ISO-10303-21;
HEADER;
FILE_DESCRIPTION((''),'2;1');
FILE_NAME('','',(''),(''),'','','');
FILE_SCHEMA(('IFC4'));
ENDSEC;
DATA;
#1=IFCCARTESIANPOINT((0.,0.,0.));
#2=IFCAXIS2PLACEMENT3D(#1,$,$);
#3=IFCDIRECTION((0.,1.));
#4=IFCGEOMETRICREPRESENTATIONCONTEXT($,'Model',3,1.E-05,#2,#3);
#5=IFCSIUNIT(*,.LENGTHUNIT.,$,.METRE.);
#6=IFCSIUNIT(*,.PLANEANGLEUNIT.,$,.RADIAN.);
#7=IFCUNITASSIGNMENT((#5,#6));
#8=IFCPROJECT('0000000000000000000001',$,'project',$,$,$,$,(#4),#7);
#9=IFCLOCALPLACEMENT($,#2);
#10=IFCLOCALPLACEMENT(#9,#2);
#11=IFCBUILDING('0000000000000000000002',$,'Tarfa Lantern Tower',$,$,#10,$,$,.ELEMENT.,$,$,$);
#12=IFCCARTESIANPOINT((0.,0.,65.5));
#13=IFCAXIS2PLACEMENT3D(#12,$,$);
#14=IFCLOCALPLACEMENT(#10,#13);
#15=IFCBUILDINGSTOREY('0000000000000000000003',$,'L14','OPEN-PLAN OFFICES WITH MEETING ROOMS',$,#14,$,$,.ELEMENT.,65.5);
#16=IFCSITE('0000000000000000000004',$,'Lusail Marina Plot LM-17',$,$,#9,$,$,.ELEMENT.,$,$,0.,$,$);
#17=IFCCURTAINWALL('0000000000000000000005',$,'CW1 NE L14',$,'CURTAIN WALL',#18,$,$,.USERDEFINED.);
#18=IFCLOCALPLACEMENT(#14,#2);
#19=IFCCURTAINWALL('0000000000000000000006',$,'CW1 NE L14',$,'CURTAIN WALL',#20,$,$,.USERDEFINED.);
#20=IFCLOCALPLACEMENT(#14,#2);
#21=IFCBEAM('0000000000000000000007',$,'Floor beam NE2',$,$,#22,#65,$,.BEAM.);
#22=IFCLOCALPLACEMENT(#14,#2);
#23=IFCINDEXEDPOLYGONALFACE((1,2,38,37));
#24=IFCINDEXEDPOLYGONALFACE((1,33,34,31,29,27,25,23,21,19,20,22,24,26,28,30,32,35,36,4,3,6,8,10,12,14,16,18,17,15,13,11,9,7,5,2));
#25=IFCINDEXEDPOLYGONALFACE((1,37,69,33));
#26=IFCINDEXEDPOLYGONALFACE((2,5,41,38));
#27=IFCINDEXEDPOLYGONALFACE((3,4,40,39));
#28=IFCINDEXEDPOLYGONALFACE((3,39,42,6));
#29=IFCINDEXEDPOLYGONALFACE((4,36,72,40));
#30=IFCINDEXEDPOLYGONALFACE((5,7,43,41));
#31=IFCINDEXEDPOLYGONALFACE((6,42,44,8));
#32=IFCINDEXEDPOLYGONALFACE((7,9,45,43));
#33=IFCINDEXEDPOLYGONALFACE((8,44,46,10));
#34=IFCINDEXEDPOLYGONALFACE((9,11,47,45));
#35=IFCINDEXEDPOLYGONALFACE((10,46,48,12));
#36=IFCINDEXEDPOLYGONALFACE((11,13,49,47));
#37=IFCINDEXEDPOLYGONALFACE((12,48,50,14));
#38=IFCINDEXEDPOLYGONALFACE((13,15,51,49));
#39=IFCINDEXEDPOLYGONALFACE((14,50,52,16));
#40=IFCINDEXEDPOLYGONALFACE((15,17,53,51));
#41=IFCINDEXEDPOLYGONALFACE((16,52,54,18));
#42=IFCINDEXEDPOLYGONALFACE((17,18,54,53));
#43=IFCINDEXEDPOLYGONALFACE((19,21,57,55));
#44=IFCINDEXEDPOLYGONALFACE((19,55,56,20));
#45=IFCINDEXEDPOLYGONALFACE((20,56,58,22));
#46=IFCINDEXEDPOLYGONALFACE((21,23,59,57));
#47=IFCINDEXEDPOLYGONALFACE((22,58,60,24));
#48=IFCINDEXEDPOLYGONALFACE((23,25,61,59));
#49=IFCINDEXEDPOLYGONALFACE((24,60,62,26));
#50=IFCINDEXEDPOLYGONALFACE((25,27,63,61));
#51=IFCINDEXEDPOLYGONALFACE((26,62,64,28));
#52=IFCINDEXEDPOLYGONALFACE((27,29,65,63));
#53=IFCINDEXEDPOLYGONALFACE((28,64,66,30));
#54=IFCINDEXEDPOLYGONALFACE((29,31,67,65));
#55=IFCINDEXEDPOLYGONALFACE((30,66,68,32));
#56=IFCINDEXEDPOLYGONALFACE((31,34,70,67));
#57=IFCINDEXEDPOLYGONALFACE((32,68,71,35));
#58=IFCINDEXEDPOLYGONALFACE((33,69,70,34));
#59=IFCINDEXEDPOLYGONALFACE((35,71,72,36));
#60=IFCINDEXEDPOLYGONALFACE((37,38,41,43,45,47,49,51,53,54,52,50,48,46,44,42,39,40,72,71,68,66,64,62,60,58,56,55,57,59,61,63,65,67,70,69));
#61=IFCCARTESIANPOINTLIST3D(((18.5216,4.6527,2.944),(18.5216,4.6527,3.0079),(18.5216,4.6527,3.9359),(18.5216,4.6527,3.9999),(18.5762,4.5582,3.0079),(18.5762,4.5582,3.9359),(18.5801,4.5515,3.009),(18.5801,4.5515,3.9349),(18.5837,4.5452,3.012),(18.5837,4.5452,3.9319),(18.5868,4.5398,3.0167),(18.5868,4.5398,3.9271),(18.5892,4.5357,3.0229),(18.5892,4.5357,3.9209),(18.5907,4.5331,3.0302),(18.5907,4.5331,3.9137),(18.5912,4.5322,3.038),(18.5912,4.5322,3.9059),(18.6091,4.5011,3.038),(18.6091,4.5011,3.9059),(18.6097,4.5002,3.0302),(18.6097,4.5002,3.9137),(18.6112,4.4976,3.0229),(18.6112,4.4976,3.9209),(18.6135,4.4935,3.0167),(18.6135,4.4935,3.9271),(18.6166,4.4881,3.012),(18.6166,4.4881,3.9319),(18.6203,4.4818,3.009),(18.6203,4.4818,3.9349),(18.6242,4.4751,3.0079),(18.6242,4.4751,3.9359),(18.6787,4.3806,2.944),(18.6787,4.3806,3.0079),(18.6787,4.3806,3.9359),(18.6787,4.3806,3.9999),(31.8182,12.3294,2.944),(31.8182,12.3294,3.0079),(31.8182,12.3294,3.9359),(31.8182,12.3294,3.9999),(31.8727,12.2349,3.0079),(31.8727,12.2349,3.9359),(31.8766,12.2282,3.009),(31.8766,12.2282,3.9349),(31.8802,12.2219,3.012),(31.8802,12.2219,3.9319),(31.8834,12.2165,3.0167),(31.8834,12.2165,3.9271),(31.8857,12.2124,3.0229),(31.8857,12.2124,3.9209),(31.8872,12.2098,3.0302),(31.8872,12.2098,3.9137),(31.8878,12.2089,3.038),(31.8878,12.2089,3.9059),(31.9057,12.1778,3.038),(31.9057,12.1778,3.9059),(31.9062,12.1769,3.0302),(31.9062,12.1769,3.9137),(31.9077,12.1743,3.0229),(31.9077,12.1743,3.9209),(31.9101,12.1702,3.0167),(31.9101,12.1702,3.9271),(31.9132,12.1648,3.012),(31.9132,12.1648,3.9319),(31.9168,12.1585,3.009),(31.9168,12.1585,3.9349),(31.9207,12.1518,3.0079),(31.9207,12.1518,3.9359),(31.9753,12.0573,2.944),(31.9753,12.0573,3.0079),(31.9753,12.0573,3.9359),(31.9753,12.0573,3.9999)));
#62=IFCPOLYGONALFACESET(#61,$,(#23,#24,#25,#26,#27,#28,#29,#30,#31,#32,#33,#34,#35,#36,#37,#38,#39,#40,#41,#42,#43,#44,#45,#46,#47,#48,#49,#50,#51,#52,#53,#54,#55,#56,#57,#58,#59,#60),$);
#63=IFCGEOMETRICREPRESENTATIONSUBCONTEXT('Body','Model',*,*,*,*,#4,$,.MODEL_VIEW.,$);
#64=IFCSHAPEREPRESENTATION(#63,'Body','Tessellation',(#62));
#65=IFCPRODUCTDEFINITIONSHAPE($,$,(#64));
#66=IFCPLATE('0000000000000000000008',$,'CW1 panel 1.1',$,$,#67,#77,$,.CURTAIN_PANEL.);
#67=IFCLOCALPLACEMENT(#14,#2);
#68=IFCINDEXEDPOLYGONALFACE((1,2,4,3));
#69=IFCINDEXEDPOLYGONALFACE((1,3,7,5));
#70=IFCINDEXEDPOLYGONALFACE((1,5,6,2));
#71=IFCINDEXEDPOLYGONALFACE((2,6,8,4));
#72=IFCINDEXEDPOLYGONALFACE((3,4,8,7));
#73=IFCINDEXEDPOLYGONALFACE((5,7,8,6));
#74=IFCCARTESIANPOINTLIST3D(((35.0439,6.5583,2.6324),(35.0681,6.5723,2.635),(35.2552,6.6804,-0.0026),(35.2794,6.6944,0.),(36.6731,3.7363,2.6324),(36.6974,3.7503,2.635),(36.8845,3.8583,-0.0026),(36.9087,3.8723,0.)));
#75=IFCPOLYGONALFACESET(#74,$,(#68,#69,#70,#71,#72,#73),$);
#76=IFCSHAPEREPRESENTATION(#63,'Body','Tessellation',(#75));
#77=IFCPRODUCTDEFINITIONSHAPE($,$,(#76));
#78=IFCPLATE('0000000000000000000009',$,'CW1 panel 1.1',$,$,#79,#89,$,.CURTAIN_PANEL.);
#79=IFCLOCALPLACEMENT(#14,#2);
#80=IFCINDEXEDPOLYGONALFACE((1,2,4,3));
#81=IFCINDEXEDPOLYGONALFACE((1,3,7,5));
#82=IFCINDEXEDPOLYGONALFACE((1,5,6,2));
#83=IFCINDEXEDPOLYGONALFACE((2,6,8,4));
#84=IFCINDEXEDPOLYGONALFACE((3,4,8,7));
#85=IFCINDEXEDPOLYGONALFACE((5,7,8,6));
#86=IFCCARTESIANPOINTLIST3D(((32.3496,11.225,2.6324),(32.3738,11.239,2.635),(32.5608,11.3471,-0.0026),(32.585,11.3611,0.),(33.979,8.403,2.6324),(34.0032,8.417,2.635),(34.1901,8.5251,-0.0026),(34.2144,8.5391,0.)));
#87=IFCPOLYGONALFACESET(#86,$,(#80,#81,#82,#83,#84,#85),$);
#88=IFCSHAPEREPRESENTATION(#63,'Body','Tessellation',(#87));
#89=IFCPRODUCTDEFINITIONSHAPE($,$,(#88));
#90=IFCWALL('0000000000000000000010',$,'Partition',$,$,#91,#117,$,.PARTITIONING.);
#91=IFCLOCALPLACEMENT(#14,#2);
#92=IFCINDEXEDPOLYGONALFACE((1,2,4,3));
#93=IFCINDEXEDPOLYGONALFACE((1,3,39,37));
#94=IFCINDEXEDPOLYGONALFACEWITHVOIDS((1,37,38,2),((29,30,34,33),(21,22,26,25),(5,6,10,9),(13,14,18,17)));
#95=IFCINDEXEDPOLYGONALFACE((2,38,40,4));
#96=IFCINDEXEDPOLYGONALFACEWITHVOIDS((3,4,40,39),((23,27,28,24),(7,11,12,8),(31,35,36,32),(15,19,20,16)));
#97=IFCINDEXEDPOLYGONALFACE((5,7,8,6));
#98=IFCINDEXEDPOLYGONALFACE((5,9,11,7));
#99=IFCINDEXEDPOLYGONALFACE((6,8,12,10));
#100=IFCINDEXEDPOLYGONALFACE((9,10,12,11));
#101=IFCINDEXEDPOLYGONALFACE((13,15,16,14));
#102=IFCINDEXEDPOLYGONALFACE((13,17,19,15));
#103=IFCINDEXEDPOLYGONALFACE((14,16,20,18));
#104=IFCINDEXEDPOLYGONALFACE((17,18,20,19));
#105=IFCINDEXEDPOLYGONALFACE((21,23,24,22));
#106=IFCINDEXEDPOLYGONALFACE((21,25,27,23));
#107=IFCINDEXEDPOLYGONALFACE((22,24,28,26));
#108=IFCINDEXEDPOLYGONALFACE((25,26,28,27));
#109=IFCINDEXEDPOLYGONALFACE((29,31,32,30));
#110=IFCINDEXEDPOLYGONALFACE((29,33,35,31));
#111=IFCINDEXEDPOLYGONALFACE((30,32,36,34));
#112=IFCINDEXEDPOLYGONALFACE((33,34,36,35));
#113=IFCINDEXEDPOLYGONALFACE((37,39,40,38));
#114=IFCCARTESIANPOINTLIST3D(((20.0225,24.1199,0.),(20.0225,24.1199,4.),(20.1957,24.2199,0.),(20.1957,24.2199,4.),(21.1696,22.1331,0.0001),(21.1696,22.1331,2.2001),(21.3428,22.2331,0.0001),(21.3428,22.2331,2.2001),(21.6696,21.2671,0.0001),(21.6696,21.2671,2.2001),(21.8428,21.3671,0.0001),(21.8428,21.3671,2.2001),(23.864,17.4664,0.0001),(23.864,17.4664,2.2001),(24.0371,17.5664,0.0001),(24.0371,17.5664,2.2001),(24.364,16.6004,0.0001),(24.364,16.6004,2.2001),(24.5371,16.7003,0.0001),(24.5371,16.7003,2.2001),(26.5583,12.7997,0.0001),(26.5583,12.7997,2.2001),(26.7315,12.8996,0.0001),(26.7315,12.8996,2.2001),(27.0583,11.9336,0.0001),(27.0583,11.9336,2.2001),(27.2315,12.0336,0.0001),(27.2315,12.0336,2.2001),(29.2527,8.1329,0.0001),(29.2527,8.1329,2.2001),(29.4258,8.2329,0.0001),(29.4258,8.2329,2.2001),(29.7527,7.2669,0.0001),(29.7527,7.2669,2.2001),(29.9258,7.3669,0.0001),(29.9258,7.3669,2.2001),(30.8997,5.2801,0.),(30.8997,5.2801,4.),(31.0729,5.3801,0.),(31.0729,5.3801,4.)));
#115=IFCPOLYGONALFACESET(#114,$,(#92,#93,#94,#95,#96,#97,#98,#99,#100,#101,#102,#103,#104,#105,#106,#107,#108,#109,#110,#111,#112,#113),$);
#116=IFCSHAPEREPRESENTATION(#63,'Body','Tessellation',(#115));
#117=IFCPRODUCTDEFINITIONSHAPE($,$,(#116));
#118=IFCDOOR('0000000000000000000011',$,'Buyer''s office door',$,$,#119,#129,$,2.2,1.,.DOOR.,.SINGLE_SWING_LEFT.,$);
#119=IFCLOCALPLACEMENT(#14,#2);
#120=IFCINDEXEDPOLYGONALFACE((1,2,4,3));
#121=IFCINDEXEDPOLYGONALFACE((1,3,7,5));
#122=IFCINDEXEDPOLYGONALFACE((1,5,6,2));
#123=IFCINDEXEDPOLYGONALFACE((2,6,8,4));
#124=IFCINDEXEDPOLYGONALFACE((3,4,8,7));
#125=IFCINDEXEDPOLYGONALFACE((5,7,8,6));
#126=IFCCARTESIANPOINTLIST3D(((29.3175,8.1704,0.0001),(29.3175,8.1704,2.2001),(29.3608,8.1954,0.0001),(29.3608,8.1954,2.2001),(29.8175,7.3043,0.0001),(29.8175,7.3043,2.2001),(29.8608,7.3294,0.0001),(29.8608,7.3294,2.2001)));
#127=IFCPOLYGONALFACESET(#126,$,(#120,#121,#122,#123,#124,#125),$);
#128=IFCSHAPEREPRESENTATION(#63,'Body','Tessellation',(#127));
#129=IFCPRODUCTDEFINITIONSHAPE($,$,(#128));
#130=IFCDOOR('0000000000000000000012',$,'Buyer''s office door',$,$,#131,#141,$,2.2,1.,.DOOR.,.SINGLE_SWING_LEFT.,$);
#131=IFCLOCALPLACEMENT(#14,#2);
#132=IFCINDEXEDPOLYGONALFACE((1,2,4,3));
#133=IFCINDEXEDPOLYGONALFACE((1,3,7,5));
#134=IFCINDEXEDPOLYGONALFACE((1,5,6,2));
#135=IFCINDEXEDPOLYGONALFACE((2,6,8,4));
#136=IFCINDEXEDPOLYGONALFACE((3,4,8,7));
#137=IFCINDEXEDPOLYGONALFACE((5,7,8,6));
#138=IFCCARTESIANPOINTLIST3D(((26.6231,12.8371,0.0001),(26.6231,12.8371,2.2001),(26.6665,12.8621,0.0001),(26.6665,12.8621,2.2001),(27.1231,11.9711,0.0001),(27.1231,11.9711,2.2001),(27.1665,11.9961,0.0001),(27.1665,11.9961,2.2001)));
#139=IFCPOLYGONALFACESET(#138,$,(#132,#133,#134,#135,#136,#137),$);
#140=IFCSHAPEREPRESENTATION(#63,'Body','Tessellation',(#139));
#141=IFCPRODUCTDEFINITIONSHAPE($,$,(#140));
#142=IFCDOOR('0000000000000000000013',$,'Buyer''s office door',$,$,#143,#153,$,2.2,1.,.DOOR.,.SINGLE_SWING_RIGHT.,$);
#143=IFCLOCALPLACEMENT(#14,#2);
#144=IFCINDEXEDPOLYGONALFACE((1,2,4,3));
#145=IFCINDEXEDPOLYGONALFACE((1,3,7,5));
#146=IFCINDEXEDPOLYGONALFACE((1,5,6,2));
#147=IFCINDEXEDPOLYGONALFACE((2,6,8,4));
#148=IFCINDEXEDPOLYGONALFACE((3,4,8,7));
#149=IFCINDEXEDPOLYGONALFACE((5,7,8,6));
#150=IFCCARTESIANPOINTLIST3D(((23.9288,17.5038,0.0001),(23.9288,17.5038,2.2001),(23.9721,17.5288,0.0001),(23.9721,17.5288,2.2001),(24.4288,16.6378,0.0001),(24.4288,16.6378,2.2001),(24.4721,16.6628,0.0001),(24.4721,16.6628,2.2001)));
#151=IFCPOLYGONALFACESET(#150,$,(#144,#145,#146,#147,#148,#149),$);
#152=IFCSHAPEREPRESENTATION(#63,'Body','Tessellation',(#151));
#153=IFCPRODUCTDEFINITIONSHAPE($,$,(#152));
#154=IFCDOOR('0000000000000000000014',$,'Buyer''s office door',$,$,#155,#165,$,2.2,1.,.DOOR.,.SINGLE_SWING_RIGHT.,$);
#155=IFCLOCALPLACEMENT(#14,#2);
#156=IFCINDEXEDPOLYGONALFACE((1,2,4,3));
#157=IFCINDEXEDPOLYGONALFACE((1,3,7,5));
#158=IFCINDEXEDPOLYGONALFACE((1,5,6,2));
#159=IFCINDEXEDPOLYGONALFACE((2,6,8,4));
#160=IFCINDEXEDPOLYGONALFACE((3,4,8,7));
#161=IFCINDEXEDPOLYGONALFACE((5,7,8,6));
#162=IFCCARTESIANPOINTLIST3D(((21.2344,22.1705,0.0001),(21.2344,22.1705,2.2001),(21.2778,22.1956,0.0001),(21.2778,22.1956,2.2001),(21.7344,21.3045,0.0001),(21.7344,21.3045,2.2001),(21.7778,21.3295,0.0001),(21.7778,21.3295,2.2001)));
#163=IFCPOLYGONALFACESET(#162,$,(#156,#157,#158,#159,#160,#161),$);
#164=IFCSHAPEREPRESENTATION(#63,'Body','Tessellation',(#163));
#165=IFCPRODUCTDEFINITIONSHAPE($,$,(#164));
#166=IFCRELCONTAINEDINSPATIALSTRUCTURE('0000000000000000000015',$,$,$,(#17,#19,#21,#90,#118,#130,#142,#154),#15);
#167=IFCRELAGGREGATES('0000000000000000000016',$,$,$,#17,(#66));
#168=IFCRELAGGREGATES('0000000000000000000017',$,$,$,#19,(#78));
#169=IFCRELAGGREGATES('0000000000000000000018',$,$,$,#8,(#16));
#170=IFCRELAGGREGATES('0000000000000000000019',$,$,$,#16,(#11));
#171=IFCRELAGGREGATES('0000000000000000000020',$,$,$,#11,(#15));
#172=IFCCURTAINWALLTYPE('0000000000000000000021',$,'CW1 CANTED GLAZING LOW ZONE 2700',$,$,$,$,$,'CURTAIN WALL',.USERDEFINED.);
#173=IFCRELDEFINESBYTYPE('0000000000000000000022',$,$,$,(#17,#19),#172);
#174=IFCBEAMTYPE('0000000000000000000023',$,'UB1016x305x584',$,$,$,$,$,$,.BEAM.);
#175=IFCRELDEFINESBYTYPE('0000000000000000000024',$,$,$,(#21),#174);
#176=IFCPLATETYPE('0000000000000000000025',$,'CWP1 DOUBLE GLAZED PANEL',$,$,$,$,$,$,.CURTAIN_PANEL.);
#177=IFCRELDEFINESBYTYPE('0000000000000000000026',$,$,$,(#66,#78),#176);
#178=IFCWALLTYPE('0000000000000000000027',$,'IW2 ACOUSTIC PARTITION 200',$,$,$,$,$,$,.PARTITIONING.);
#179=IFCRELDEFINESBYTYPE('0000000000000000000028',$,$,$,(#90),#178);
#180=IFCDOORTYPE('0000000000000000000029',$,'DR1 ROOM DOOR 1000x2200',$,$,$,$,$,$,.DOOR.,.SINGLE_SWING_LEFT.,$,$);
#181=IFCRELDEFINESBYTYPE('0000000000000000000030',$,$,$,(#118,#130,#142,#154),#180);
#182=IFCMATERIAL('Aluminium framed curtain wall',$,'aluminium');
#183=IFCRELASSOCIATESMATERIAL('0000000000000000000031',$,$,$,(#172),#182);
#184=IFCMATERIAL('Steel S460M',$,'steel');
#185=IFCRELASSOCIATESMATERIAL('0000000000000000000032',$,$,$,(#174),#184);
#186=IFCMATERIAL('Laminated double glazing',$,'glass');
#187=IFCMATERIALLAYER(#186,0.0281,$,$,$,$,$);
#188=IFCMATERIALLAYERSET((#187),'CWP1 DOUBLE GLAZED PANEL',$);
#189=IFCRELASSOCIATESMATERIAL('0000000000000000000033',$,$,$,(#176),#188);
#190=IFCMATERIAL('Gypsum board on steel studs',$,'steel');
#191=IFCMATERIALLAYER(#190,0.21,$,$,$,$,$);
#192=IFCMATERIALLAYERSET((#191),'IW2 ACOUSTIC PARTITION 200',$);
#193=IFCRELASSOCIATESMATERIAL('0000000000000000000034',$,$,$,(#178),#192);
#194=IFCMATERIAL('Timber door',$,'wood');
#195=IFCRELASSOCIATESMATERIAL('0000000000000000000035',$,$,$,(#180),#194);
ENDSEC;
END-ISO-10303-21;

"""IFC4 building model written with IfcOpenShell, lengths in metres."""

from ifc_helpers import new_model, si_unit, direction, frame, frame_2d, origin, origin_2d, place, context, subcontext, project, spatial, polyline, rectangle, i_section, outline, extrude, material, layer, layer_set, material_profile, profile_set, type_object, element, fill, aggregate, save


model = new_model("IFC4")

# Units and contexts
model_context = context("Model", 3, precision=1e-05, world=origin(), true_north=direction((0.0, 1.0)))
body_context = subcontext(model_context, "Body", "Model", "MODEL_VIEW")
ifc_project = project(units=[si_unit("LENGTHUNIT", "METRE"), si_unit("PLANEANGLEUNIT", "RADIAN")], contexts=[model_context])

# Site, building, storey
site_placement = place(None, origin())
site = spatial("IfcSite", under=ifc_project, at=site_placement, Name="Lusail Marina Plot LM-17", CompositionType="ELEMENT", RefElevation=0.0)
building_placement = place(site_placement, origin())
building = spatial("IfcBuilding", under=site, at=building_placement, Name="Tarfa Lantern Tower", CompositionType="ELEMENT")
storey_placement = place(building_placement, frame((0.0, 0.0, 65.5)))
storey = spatial("IfcBuildingStorey", under=building, at=storey_placement, Name="L14", Description="OPEN-PLAN OFFICES WITH MEETING ROOMS", CompositionType="ELEMENT", Elevation=65.5)

# Curtain walls
ifc_material_1 = material(Name="Aluminium framed curtain wall", Category="aluminium")
curtain_wall_type = type_object("IfcCurtainWallType", Name="CW1 CANTED GLAZING LOW ZONE 2700", ElementType="CURTAIN WALL", PredefinedType="USERDEFINED", material=ifc_material_1)
curtain_wall_1_placement = place(storey_placement, origin())
curtain_wall_1 = element("IfcCurtainWall", 1, at=curtain_wall_1_placement, inside=storey, type_object=curtain_wall_type, Name="CW1 NE L14", ObjectType="CURTAIN WALL", PredefinedType="USERDEFINED")
curtain_wall_2_placement = place(storey_placement, origin())
curtain_wall_2 = element("IfcCurtainWall", 2, at=curtain_wall_2_placement, inside=storey, type_object=curtain_wall_type, Name="CW1 NE L14", ObjectType="CURTAIN WALL", PredefinedType="USERDEFINED")

# Beam
ifc_material_2 = material(Name="Steel S460M", Category="steel")
ifc_material_profile_1 = material_profile(ifc_material_2, i_section(OverallWidth=0.3142, OverallDepth=1.0559, WebThickness=0.0359, FlangeThickness=0.064, FilletRadius=0.03, at=origin_2d()), Name="UB1016x305x584")
ifc_profile_set_1 = profile_set([ifc_material_profile_1], Name="Steel S460M")
beam_type_1 = type_object("IfcBeamType", Name="UB1016x305x584", PredefinedType="BEAM", material=ifc_profile_set_1)
beam_1_placement = place(storey_placement, frame((31.8967, 12.1934, 3.4719), z_axis=(-0.866027, -0.499997, 0.0), x_axis=(0.499997, -0.866027, 0.0)))
element("IfcBeam", 3, at=beam_1_placement, inside=storey, type_object=beam_type_1, Name="Floor beam NE2", PredefinedType="BEAM", context=body_context, shape_type="SweptSolid", body=[
    extrude(i_section(OverallWidth=0.3142, OverallDepth=1.0559, WebThickness=0.0359, FlangeThickness=0.064, FilletRadius=0.03, at=origin_2d()), origin(), (0.0, 0.0, 1.0), 15.3535),
])

# Plates
ifc_material_3 = material(Name="Laminated double glazing", Category="glass")
ifc_layer_1 = layer(ifc_material_3, 0.0281)
ifc_layer_set_1 = layer_set([ifc_layer_1], Name="CWP1 DOUBLE GLAZED PANEL")
plate_type = type_object("IfcPlateType", Name="CWP1 DOUBLE GLAZED PANEL", PredefinedType="CURTAIN_PANEL", material=ifc_layer_set_1)
plate_1_placement = place(storey_placement, frame((36.9087, 3.8723, 0.0), z_axis=(0.862338, 0.497864, 0.092216), x_axis=(-0.499995, 0.866028, 0.000003)))
plate_1 = element("IfcPlate", 4, at=plate_1_placement, type_object=plate_type, Name="CW1 panel 1.1", PredefinedType="CURTAIN_PANEL", context=body_context, shape_type="SweptSolid", body=[
    extrude(outline(polyline([(0.0, 0.0), (3.2586, 0.0), (3.2585, 2.6463), (0.0, 2.6463), (0.0, 0.0)])), origin(), (0.0, 0.0, -1.0), 0.0281),
])
aggregate(curtain_wall_1, [plate_1])
plate_2_placement = place(storey_placement, frame((34.2144, 8.5391, 0.0), z_axis=(0.862325, 0.497894, 0.092176), x_axis=(-0.500023, 0.866012, 0.0)))
plate_2 = element("IfcPlate", 5, at=plate_2_placement, type_object=plate_type, Name="CW1 panel 1.1", PredefinedType="CURTAIN_PANEL", context=body_context, shape_type="SweptSolid", body=[
    extrude(outline(polyline([(0.0, 0.0), (3.2586, 0.0), (3.2585, 2.6463), (-0.0001, 2.6463), (0.0, 0.0)])), origin(), (0.0, 0.0, -1.0), 0.0281),
])
aggregate(curtain_wall_2, [plate_2])

# Wall, openings, doors
ifc_material_4 = material(Name="Gypsum board on steel studs", Category="steel")
ifc_layer_2 = layer(ifc_material_4, 0.21)
ifc_layer_set_2 = layer_set([ifc_layer_2], Name="IW2 ACOUSTIC PARTITION 200")
wall_type = type_object("IfcWallType", Name="IW2 ACOUSTIC PARTITION 200", PredefinedType="PARTITIONING", material=ifc_layer_set_2)
wall_1_placement = place(storey_placement, frame((30.9863, 5.3301, 0.0), z_axis=(0.0, 0.0, 1.0), x_axis=(-0.5, 0.866025, 0.0)))
wall_1 = element("IfcWall", 6, at=wall_1_placement, inside=storey, type_object=wall_type, Name="Partition", PredefinedType="PARTITIONING", context=body_context, shape_type="SweptSolid", body=[
    extrude(rectangle(XDim=21.7544, YDim=0.2, at=frame_2d((10.8772, 0.0))), origin(), (0.0, 0.0, 1.0), 4.0),
])
opening_1_placement = place(wall_1_placement, frame((2.2942, 0.0, 0.0)))
opening_1 = element("IfcOpeningElement", 7, at=opening_1_placement, cuts=wall_1, PredefinedType="OPENING", context=body_context, shape_type="SweptSolid", body=[
    extrude(rectangle(XDim=1.0, YDim=2.2, at=frame_2d((0.5, 1.1001))), frame((0.0, 0.1099, 0.0), z_axis=(0.0, -1.0, 0.0), x_axis=(1.0, 0.0, 0.0)), (0.0, 0.0, 1.0), 0.22),
])
opening_2_placement = place(wall_1_placement, frame((7.6829, 0.0, 0.0)))
opening_2 = element("IfcOpeningElement", 8, at=opening_2_placement, cuts=wall_1, PredefinedType="OPENING", context=body_context, shape_type="SweptSolid", body=[
    extrude(rectangle(XDim=1.0, YDim=2.2, at=frame_2d((0.5, 1.1001))), frame((0.0, 0.1099, 0.0), z_axis=(0.0, -1.0, 0.0), x_axis=(1.0, 0.0, 0.0)), (0.0, 0.0, 1.0), 0.22),
])
opening_3_placement = place(wall_1_placement, frame((13.0715, 0.0, 0.0)))
opening_3 = element("IfcOpeningElement", 9, at=opening_3_placement, cuts=wall_1, PredefinedType="OPENING", context=body_context, shape_type="SweptSolid", body=[
    extrude(rectangle(XDim=1.0, YDim=2.2, at=frame_2d((0.5, 1.1001))), frame((0.0, 0.1099, 0.0), z_axis=(0.0, -1.0, 0.0), x_axis=(1.0, 0.0, 0.0)), (0.0, 0.0, 1.0), 0.22),
])
opening_4_placement = place(wall_1_placement, frame((18.4602, 0.0, 0.0)))
opening_4 = element("IfcOpeningElement", 10, at=opening_4_placement, cuts=wall_1, PredefinedType="OPENING", context=body_context, shape_type="SweptSolid", body=[
    extrude(rectangle(XDim=1.0, YDim=2.2, at=frame_2d((0.5, 1.1001))), frame((0.0, 0.1099, 0.0), z_axis=(0.0, -1.0, 0.0), x_axis=(1.0, 0.0, 0.0)), (0.0, 0.0, 1.0), 0.22),
])
ifc_material_5 = material(Name="Timber door", Category="wood")
door_type = type_object("IfcDoorType", Name="DR1 ROOM DOOR 1000x2200", OperationType="SINGLE_SWING_LEFT", PredefinedType="DOOR", material=ifc_material_5)
door_1_placement = place(opening_1_placement, frame((1.0, 0.0, 0.0), z_axis=(0.0, 0.0, 1.0), x_axis=(-1.0, 0.0, 0.0)))
door_1 = element("IfcDoor", 11, at=door_1_placement, inside=storey, type_object=door_type, Name="Buyer's office door", OperationType="SINGLE_SWING_LEFT", OverallHeight=2.2, OverallWidth=1.0, PredefinedType="DOOR", context=body_context, shape_type="SweptSolid", body=[
    extrude(rectangle(XDim=1.0, YDim=2.2, at=frame_2d((0.5, 1.1001))), frame((0.0, 0.0249, 0.0), z_axis=(0.0, -1.0, 0.0), x_axis=(1.0, 0.0, 0.0)), (0.0, 0.0, 1.0), 0.05),
])
fill(opening_1, door_1)
door_2_placement = place(opening_2_placement, frame((1.0, 0.0, 0.0), z_axis=(0.0, 0.0, 1.0), x_axis=(-1.0, 0.0, 0.0)))
door_2 = element("IfcDoor", 12, at=door_2_placement, inside=storey, type_object=door_type, Name="Buyer's office door", OperationType="SINGLE_SWING_LEFT", OverallHeight=2.2, OverallWidth=1.0, PredefinedType="DOOR", context=body_context, shape_type="SweptSolid", body=[
    extrude(rectangle(XDim=1.0, YDim=2.2, at=frame_2d((0.5, 1.1001))), frame((0.0, 0.0249, 0.0), z_axis=(0.0, -1.0, 0.0), x_axis=(1.0, 0.0, 0.0)), (0.0, 0.0, 1.0), 0.05),
])
fill(opening_2, door_2)
door_3_placement = place(opening_3_placement, frame((1.0, 0.0, 0.0), z_axis=(0.0, 0.0, 1.0), x_axis=(-1.0, 0.0, 0.0)))
door_3 = element("IfcDoor", 13, at=door_3_placement, inside=storey, type_object=door_type, Name="Buyer's office door", OperationType="SINGLE_SWING_RIGHT", OverallHeight=2.2, OverallWidth=1.0, PredefinedType="DOOR", context=body_context, shape_type="SweptSolid", body=[
    extrude(rectangle(XDim=1.0, YDim=2.2, at=frame_2d((0.5, 1.1001))), frame((0.0, 0.0249, 0.0), z_axis=(0.0, -1.0, 0.0), x_axis=(1.0, 0.0, 0.0)), (0.0, 0.0, 1.0), 0.05),
])
fill(opening_3, door_3)
door_4_placement = place(opening_4_placement, frame((1.0, 0.0, 0.0), z_axis=(0.0, 0.0, 1.0), x_axis=(-1.0, 0.0, 0.0)))
door_4 = element("IfcDoor", 14, at=door_4_placement, inside=storey, type_object=door_type, Name="Buyer's office door", OperationType="SINGLE_SWING_RIGHT", OverallHeight=2.2, OverallWidth=1.0, PredefinedType="DOOR", context=body_context, shape_type="SweptSolid", body=[
    extrude(rectangle(XDim=1.0, YDim=2.2, at=frame_2d((0.5, 1.1001))), frame((0.0, 0.0249, 0.0), z_axis=(0.0, -1.0, 0.0), x_axis=(1.0, 0.0, 0.0)), (0.0, 0.0, 1.0), 0.05),
])
fill(opening_4, door_4)

save(model, "model.ifc")
